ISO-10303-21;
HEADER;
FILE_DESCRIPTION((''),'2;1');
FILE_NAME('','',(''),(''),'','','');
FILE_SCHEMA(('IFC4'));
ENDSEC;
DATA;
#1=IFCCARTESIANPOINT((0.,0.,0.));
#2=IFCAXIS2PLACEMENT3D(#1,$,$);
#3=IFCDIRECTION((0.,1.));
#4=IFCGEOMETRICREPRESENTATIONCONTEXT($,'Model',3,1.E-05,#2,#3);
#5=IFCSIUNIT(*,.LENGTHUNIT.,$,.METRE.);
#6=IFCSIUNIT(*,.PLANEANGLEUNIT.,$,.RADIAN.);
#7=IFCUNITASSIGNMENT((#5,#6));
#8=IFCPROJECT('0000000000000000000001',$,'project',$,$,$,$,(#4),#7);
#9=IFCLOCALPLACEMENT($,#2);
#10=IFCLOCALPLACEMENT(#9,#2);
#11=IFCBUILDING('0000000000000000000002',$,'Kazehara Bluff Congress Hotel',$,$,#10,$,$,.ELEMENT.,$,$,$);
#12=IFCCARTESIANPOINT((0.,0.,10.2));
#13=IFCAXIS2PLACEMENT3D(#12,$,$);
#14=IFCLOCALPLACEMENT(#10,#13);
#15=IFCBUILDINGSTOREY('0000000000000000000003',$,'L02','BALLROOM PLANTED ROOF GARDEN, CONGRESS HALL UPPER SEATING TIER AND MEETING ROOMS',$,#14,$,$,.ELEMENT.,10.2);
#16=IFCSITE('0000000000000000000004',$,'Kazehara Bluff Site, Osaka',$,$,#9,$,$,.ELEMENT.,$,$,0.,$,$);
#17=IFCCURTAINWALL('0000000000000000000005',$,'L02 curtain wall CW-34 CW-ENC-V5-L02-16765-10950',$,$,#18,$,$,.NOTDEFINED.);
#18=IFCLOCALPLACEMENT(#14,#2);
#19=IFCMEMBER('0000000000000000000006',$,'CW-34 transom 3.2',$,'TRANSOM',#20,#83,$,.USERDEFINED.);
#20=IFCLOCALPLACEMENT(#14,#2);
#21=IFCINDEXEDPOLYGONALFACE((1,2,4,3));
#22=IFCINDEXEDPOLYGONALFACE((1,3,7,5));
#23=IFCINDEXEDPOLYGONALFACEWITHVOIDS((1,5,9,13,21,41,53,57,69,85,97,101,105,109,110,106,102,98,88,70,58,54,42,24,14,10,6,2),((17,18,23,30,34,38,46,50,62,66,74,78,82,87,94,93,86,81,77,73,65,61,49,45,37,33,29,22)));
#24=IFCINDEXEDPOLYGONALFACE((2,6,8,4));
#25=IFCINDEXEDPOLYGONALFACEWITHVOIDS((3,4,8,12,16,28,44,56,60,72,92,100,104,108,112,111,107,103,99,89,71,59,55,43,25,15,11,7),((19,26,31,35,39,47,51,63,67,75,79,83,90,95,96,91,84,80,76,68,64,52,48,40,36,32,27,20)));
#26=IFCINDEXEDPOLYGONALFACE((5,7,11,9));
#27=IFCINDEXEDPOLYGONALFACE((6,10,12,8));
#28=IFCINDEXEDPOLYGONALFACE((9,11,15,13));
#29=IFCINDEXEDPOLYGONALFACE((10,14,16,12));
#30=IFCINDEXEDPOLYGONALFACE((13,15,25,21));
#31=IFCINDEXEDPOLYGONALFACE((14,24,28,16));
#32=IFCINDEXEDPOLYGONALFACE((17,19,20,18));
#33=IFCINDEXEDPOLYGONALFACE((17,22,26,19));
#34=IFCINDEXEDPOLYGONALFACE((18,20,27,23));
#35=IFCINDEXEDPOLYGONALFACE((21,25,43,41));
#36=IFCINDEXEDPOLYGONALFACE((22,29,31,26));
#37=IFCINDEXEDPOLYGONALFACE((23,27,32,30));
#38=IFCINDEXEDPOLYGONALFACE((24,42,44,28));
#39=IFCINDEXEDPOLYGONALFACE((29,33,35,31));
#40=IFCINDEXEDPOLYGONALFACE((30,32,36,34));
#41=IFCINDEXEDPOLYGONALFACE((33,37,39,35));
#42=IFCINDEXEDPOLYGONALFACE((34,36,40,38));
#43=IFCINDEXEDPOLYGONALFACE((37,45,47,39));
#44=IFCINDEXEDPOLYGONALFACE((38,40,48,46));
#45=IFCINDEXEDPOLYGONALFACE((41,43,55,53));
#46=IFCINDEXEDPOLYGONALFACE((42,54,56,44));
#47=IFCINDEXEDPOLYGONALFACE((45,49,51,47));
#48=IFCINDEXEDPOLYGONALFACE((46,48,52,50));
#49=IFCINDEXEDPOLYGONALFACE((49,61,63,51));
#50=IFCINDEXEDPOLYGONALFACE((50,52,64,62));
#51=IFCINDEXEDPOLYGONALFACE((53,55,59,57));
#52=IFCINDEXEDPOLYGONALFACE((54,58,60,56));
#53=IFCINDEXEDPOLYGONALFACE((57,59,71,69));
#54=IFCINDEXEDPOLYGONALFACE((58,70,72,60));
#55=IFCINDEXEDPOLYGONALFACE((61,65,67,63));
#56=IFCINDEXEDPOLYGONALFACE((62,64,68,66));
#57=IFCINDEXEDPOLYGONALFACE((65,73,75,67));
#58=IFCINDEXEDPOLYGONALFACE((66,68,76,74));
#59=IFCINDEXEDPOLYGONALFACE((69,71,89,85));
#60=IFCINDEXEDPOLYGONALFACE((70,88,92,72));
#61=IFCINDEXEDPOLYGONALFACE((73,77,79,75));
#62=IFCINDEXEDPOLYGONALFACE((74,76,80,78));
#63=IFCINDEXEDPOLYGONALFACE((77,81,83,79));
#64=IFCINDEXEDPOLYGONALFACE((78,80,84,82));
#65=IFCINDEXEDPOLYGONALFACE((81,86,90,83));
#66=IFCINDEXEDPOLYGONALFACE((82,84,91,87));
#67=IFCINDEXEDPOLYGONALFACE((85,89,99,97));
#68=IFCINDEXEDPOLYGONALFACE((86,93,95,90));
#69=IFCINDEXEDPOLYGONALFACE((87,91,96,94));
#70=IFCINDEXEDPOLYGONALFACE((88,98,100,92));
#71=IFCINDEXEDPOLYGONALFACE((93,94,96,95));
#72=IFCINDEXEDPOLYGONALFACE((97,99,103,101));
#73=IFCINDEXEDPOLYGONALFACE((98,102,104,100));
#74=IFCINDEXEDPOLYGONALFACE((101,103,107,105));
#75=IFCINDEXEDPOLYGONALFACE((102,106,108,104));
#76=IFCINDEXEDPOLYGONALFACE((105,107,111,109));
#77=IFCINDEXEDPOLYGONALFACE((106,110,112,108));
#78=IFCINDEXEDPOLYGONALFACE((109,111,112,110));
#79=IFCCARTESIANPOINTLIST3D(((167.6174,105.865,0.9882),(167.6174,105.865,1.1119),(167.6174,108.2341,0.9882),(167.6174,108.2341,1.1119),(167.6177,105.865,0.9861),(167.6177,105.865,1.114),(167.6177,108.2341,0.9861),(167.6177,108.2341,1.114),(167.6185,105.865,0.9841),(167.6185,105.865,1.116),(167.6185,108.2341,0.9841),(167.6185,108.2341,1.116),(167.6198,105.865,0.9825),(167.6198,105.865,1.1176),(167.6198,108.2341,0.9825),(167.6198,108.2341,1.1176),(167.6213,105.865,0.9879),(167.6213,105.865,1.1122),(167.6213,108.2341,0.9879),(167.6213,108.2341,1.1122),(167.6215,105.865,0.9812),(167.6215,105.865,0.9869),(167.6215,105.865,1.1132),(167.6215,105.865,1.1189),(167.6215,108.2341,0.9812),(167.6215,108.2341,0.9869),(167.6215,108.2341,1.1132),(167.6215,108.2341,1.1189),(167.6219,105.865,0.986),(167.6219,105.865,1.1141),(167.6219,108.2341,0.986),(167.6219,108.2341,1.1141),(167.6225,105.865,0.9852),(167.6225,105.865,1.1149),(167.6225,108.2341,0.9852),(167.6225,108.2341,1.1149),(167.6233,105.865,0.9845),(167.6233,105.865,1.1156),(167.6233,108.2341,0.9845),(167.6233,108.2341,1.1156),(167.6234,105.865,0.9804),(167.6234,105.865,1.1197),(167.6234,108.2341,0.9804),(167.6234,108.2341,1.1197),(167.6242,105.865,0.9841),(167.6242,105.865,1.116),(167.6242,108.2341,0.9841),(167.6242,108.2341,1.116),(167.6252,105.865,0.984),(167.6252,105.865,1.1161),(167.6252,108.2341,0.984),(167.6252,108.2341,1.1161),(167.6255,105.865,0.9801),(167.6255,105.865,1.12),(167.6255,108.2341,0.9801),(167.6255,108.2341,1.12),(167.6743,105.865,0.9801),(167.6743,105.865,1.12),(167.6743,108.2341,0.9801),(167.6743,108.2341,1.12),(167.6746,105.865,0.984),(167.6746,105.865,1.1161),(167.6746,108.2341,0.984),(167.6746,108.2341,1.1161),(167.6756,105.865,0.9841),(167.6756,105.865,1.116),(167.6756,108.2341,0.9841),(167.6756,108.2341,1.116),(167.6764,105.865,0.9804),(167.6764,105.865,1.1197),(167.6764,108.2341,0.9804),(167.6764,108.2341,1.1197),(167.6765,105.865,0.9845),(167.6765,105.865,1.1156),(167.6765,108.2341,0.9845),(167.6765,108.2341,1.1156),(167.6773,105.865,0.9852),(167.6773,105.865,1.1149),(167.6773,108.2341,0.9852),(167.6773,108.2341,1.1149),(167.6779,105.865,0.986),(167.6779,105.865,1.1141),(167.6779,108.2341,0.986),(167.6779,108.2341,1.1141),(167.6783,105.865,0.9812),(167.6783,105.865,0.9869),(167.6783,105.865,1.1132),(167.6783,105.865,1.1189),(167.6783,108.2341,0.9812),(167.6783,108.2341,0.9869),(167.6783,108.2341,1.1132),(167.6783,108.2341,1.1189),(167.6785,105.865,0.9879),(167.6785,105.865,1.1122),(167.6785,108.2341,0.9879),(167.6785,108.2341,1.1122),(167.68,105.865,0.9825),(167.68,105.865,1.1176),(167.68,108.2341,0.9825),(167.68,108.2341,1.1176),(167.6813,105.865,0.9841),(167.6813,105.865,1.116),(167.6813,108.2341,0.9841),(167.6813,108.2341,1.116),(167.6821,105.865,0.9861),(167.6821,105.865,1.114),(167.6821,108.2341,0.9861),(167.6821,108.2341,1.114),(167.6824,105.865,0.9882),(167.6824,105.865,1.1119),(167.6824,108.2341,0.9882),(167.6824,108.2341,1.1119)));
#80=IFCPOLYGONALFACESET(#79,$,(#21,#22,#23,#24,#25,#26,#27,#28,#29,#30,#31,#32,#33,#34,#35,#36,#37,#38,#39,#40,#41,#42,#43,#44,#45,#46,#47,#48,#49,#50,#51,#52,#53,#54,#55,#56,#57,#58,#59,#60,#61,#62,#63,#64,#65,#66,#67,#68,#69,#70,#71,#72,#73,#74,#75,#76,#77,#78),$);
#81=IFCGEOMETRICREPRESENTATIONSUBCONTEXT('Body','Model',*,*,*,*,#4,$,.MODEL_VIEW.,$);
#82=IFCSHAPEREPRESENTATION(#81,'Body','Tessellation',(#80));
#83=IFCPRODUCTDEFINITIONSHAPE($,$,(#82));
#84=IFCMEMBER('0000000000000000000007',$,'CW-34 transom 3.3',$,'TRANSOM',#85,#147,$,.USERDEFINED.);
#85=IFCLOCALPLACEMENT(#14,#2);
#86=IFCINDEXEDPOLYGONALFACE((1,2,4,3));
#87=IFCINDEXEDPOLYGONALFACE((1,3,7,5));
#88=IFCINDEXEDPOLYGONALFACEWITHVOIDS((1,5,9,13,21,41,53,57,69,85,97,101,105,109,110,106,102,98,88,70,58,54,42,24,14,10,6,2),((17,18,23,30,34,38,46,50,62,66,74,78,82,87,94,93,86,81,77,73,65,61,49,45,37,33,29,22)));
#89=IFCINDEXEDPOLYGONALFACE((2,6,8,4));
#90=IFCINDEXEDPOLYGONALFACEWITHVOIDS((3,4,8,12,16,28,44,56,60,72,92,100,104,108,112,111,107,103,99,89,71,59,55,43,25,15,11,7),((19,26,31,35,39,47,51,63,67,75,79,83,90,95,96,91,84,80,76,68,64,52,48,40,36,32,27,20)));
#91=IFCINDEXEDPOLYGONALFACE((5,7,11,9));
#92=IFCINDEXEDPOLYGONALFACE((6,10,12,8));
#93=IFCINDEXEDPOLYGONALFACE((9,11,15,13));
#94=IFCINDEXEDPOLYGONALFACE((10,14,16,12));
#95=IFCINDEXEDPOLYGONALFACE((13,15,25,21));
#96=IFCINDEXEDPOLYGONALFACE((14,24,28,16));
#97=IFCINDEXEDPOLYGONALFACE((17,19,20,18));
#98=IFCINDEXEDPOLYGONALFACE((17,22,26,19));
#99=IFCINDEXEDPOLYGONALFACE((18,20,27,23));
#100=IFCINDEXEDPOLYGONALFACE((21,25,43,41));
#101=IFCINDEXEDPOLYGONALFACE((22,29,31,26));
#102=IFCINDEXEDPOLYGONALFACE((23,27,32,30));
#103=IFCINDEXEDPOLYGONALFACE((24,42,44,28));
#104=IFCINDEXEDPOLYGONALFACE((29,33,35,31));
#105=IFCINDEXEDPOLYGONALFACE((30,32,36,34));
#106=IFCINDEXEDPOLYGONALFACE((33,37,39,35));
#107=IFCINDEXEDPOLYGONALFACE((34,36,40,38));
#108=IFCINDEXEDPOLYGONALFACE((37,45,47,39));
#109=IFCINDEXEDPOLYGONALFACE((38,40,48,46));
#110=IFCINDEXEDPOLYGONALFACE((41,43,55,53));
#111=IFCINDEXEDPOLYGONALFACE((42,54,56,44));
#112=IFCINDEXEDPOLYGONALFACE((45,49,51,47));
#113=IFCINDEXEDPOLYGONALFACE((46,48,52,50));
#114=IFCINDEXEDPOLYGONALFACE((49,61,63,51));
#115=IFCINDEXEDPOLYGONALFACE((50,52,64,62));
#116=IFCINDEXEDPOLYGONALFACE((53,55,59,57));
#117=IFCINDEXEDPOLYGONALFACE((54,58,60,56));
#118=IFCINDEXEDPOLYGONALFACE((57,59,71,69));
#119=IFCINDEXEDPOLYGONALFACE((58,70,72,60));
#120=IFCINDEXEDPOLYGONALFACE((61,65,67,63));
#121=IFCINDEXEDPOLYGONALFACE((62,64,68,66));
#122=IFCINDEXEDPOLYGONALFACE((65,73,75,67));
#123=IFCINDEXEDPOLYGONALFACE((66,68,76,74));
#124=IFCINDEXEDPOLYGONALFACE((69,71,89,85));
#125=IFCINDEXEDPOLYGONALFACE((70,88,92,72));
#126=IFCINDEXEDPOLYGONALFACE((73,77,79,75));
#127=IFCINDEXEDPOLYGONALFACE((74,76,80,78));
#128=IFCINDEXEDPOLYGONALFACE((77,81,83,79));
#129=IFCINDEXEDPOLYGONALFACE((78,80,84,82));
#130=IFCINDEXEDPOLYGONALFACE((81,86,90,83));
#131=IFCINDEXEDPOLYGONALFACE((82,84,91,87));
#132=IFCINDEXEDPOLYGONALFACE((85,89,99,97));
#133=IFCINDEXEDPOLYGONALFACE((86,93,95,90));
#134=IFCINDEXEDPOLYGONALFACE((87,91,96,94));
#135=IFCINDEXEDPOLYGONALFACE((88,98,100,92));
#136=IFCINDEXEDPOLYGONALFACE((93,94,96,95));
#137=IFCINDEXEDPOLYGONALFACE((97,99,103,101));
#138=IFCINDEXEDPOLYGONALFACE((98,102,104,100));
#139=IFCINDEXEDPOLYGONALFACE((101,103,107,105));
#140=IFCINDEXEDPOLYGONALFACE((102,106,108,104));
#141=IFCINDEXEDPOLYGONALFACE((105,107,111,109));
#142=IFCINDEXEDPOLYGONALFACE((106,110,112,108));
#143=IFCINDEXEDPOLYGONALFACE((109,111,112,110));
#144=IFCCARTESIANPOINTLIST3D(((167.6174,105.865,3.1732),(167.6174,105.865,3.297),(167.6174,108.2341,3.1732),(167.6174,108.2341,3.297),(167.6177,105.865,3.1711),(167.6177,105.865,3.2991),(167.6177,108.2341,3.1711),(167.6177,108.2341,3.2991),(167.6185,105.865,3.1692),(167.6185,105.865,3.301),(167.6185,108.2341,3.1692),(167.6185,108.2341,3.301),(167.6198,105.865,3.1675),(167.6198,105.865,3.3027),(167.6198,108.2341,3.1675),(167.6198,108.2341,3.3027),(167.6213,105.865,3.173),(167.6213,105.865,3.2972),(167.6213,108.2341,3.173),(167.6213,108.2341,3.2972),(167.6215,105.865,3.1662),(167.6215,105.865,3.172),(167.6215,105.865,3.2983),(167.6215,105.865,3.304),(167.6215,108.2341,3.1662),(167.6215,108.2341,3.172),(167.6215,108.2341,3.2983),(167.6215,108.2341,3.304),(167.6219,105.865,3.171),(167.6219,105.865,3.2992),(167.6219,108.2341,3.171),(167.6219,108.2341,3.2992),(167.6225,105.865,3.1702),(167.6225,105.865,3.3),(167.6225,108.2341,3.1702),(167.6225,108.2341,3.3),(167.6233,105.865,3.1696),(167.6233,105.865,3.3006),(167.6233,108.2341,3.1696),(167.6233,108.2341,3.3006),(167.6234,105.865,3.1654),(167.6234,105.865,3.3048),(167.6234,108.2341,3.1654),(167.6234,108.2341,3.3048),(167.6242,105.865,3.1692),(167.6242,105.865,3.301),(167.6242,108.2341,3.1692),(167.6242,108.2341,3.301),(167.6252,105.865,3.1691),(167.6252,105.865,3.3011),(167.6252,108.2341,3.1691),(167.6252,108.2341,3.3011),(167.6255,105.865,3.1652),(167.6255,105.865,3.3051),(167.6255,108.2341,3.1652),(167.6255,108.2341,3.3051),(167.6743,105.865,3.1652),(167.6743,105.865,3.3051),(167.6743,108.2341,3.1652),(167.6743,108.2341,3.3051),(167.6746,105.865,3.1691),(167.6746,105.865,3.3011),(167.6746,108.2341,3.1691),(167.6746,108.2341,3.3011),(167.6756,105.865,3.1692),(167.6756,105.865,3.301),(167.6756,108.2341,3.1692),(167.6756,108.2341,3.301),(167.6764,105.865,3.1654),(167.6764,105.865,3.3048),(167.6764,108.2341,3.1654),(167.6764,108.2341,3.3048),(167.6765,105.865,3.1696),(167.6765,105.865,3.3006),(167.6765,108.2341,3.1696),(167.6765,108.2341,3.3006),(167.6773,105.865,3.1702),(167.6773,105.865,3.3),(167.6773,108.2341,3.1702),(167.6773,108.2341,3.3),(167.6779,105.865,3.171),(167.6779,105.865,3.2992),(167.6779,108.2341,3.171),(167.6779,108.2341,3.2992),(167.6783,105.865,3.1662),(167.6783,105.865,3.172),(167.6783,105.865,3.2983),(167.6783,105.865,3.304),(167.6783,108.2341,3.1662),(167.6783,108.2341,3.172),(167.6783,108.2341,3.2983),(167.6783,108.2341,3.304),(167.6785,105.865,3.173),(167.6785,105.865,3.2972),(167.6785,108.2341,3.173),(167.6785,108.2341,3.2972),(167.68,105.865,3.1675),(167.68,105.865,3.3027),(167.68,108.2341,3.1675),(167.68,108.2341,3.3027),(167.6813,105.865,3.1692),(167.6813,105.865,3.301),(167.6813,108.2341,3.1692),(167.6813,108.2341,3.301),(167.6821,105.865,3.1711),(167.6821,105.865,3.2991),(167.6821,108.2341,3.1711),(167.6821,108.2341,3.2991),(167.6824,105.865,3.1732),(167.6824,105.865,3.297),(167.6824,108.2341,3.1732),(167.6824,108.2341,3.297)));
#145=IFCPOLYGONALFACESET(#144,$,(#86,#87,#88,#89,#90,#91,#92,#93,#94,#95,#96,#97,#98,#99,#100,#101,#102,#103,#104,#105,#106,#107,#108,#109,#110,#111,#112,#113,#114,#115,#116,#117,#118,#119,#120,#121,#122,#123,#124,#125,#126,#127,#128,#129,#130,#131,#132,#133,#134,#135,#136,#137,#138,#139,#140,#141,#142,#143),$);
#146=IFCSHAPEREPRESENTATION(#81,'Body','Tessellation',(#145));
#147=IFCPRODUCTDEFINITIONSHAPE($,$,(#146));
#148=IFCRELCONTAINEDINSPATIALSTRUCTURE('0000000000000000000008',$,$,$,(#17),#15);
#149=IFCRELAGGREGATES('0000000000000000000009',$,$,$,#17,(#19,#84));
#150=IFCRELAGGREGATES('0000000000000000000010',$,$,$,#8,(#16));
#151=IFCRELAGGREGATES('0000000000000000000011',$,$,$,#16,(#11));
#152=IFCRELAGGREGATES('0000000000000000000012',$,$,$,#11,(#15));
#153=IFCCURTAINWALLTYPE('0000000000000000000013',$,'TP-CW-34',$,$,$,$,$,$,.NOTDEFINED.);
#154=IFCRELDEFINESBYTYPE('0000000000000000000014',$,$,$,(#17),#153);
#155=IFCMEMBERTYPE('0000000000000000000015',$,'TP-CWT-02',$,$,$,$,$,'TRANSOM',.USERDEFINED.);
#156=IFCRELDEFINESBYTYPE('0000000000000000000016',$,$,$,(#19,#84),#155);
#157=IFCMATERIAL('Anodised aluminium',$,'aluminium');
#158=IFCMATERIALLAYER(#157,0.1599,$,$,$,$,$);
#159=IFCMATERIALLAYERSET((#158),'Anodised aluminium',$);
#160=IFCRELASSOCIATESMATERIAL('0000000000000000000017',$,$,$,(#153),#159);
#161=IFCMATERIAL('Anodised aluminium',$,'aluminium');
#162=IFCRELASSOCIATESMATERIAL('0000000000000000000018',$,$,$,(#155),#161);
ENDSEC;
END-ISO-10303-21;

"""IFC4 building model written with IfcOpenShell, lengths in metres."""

from ifc_helpers import new_model, si_unit, direction, frame, origin, origin_2d, place, context, subcontext, project, spatial, hollow_rectangle, extrude, material, layer, layer_set, material_profile, profile_set, type_object, element, aggregate, save


model = new_model("IFC4")

# Units and contexts
model_context = context("Model", 3, precision=1e-05, world=origin(), true_north=direction((0.0, 1.0)))
body_context = subcontext(model_context, "Body", "Model", "MODEL_VIEW")
ifc_project = project(units=[si_unit("LENGTHUNIT", "METRE"), si_unit("PLANEANGLEUNIT", "RADIAN")], contexts=[model_context])

# Site, building, storey
site_placement = place(None, origin())
site = spatial("IfcSite", under=ifc_project, at=site_placement, Name="Kazehara Bluff Site, Osaka", CompositionType="ELEMENT", RefElevation=0.0)
building_placement = place(site_placement, origin())
building = spatial("IfcBuilding", under=site, at=building_placement, Name="Kazehara Bluff Congress Hotel", CompositionType="ELEMENT")
storey_placement = place(building_placement, frame((0.0, 0.0, 10.2)))
storey = spatial("IfcBuildingStorey", under=building, at=storey_placement, Name="L02", Description="BALLROOM PLANTED ROOF GARDEN, CONGRESS HALL UPPER SEATING TIER AND MEETING ROOMS", CompositionType="ELEMENT", Elevation=10.2)

# Curtain wall
ifc_material_1 = material(Name="Anodised aluminium", Category="aluminium")
ifc_layer_1 = layer(ifc_material_1, 0.1599)
ifc_layer_set_1 = layer_set([ifc_layer_1], Name="Anodised aluminium")
curtain_wall_type_1 = type_object("IfcCurtainWallType", Name="TP-CW-34", PredefinedType="NOTDEFINED", material=ifc_layer_set_1)
curtain_wall_1_placement = place(storey_placement, origin())
curtain_wall_1 = element("IfcCurtainWall", 1, at=curtain_wall_1_placement, inside=storey, type_object=curtain_wall_type_1, Name="L02 curtain wall CW-34 CW-ENC-V5-L02-16765-10950", PredefinedType="NOTDEFINED")

# Members
ifc_material_2 = material(Name="Anodised aluminium", Category="aluminium")
ifc_material_profile_1 = material_profile(ifc_material_2, hollow_rectangle(XDim=0.0649, YDim=0.1399, WallThickness=0.0039, InnerFilletRadius=0.0039, OuterFilletRadius=0.0081, at=origin_2d()))
ifc_profile_set_1 = profile_set([ifc_material_profile_1], Name="Anodised aluminium")
member_type_1 = type_object("IfcMemberType", Name="TP-CWT-02", ElementType="TRANSOM", PredefinedType="USERDEFINED", material=ifc_profile_set_1)
member_1_placement = place(storey_placement, frame((167.6499, 108.2341, 1.05), z_axis=(0.0, -1.0, 0.0), x_axis=(1.0, 0.0, 0.0)))
member_1 = element("IfcMember", 2, at=member_1_placement, type_object=member_type_1, Name="CW-34 transom 3.2", ObjectType="TRANSOM", PredefinedType="USERDEFINED", context=body_context, shape_type="SweptSolid", body=[
    extrude(hollow_rectangle(XDim=0.0649, YDim=0.1399, WallThickness=0.0039, InnerFilletRadius=0.0039, OuterFilletRadius=0.0081, at=origin_2d()), origin(), (0.0, 0.0, 1.0), 2.3691),
])
member_2_placement = place(storey_placement, frame((167.6499, 108.2341, 3.2351), z_axis=(0.0, -1.0, 0.0), x_axis=(1.0, 0.0, 0.0)))
member_2 = element("IfcMember", 3, at=member_2_placement, type_object=member_type_1, Name="CW-34 transom 3.3", ObjectType="TRANSOM", PredefinedType="USERDEFINED", context=body_context, shape_type="SweptSolid", body=[
    extrude(hollow_rectangle(XDim=0.0649, YDim=0.1399, WallThickness=0.0039, InnerFilletRadius=0.0039, OuterFilletRadius=0.0081, at=origin_2d()), origin(), (0.0, 0.0, 1.0), 2.3691),
])

aggregate(curtain_wall_1, [member_1, member_2])

save(model, "model.ifc")
